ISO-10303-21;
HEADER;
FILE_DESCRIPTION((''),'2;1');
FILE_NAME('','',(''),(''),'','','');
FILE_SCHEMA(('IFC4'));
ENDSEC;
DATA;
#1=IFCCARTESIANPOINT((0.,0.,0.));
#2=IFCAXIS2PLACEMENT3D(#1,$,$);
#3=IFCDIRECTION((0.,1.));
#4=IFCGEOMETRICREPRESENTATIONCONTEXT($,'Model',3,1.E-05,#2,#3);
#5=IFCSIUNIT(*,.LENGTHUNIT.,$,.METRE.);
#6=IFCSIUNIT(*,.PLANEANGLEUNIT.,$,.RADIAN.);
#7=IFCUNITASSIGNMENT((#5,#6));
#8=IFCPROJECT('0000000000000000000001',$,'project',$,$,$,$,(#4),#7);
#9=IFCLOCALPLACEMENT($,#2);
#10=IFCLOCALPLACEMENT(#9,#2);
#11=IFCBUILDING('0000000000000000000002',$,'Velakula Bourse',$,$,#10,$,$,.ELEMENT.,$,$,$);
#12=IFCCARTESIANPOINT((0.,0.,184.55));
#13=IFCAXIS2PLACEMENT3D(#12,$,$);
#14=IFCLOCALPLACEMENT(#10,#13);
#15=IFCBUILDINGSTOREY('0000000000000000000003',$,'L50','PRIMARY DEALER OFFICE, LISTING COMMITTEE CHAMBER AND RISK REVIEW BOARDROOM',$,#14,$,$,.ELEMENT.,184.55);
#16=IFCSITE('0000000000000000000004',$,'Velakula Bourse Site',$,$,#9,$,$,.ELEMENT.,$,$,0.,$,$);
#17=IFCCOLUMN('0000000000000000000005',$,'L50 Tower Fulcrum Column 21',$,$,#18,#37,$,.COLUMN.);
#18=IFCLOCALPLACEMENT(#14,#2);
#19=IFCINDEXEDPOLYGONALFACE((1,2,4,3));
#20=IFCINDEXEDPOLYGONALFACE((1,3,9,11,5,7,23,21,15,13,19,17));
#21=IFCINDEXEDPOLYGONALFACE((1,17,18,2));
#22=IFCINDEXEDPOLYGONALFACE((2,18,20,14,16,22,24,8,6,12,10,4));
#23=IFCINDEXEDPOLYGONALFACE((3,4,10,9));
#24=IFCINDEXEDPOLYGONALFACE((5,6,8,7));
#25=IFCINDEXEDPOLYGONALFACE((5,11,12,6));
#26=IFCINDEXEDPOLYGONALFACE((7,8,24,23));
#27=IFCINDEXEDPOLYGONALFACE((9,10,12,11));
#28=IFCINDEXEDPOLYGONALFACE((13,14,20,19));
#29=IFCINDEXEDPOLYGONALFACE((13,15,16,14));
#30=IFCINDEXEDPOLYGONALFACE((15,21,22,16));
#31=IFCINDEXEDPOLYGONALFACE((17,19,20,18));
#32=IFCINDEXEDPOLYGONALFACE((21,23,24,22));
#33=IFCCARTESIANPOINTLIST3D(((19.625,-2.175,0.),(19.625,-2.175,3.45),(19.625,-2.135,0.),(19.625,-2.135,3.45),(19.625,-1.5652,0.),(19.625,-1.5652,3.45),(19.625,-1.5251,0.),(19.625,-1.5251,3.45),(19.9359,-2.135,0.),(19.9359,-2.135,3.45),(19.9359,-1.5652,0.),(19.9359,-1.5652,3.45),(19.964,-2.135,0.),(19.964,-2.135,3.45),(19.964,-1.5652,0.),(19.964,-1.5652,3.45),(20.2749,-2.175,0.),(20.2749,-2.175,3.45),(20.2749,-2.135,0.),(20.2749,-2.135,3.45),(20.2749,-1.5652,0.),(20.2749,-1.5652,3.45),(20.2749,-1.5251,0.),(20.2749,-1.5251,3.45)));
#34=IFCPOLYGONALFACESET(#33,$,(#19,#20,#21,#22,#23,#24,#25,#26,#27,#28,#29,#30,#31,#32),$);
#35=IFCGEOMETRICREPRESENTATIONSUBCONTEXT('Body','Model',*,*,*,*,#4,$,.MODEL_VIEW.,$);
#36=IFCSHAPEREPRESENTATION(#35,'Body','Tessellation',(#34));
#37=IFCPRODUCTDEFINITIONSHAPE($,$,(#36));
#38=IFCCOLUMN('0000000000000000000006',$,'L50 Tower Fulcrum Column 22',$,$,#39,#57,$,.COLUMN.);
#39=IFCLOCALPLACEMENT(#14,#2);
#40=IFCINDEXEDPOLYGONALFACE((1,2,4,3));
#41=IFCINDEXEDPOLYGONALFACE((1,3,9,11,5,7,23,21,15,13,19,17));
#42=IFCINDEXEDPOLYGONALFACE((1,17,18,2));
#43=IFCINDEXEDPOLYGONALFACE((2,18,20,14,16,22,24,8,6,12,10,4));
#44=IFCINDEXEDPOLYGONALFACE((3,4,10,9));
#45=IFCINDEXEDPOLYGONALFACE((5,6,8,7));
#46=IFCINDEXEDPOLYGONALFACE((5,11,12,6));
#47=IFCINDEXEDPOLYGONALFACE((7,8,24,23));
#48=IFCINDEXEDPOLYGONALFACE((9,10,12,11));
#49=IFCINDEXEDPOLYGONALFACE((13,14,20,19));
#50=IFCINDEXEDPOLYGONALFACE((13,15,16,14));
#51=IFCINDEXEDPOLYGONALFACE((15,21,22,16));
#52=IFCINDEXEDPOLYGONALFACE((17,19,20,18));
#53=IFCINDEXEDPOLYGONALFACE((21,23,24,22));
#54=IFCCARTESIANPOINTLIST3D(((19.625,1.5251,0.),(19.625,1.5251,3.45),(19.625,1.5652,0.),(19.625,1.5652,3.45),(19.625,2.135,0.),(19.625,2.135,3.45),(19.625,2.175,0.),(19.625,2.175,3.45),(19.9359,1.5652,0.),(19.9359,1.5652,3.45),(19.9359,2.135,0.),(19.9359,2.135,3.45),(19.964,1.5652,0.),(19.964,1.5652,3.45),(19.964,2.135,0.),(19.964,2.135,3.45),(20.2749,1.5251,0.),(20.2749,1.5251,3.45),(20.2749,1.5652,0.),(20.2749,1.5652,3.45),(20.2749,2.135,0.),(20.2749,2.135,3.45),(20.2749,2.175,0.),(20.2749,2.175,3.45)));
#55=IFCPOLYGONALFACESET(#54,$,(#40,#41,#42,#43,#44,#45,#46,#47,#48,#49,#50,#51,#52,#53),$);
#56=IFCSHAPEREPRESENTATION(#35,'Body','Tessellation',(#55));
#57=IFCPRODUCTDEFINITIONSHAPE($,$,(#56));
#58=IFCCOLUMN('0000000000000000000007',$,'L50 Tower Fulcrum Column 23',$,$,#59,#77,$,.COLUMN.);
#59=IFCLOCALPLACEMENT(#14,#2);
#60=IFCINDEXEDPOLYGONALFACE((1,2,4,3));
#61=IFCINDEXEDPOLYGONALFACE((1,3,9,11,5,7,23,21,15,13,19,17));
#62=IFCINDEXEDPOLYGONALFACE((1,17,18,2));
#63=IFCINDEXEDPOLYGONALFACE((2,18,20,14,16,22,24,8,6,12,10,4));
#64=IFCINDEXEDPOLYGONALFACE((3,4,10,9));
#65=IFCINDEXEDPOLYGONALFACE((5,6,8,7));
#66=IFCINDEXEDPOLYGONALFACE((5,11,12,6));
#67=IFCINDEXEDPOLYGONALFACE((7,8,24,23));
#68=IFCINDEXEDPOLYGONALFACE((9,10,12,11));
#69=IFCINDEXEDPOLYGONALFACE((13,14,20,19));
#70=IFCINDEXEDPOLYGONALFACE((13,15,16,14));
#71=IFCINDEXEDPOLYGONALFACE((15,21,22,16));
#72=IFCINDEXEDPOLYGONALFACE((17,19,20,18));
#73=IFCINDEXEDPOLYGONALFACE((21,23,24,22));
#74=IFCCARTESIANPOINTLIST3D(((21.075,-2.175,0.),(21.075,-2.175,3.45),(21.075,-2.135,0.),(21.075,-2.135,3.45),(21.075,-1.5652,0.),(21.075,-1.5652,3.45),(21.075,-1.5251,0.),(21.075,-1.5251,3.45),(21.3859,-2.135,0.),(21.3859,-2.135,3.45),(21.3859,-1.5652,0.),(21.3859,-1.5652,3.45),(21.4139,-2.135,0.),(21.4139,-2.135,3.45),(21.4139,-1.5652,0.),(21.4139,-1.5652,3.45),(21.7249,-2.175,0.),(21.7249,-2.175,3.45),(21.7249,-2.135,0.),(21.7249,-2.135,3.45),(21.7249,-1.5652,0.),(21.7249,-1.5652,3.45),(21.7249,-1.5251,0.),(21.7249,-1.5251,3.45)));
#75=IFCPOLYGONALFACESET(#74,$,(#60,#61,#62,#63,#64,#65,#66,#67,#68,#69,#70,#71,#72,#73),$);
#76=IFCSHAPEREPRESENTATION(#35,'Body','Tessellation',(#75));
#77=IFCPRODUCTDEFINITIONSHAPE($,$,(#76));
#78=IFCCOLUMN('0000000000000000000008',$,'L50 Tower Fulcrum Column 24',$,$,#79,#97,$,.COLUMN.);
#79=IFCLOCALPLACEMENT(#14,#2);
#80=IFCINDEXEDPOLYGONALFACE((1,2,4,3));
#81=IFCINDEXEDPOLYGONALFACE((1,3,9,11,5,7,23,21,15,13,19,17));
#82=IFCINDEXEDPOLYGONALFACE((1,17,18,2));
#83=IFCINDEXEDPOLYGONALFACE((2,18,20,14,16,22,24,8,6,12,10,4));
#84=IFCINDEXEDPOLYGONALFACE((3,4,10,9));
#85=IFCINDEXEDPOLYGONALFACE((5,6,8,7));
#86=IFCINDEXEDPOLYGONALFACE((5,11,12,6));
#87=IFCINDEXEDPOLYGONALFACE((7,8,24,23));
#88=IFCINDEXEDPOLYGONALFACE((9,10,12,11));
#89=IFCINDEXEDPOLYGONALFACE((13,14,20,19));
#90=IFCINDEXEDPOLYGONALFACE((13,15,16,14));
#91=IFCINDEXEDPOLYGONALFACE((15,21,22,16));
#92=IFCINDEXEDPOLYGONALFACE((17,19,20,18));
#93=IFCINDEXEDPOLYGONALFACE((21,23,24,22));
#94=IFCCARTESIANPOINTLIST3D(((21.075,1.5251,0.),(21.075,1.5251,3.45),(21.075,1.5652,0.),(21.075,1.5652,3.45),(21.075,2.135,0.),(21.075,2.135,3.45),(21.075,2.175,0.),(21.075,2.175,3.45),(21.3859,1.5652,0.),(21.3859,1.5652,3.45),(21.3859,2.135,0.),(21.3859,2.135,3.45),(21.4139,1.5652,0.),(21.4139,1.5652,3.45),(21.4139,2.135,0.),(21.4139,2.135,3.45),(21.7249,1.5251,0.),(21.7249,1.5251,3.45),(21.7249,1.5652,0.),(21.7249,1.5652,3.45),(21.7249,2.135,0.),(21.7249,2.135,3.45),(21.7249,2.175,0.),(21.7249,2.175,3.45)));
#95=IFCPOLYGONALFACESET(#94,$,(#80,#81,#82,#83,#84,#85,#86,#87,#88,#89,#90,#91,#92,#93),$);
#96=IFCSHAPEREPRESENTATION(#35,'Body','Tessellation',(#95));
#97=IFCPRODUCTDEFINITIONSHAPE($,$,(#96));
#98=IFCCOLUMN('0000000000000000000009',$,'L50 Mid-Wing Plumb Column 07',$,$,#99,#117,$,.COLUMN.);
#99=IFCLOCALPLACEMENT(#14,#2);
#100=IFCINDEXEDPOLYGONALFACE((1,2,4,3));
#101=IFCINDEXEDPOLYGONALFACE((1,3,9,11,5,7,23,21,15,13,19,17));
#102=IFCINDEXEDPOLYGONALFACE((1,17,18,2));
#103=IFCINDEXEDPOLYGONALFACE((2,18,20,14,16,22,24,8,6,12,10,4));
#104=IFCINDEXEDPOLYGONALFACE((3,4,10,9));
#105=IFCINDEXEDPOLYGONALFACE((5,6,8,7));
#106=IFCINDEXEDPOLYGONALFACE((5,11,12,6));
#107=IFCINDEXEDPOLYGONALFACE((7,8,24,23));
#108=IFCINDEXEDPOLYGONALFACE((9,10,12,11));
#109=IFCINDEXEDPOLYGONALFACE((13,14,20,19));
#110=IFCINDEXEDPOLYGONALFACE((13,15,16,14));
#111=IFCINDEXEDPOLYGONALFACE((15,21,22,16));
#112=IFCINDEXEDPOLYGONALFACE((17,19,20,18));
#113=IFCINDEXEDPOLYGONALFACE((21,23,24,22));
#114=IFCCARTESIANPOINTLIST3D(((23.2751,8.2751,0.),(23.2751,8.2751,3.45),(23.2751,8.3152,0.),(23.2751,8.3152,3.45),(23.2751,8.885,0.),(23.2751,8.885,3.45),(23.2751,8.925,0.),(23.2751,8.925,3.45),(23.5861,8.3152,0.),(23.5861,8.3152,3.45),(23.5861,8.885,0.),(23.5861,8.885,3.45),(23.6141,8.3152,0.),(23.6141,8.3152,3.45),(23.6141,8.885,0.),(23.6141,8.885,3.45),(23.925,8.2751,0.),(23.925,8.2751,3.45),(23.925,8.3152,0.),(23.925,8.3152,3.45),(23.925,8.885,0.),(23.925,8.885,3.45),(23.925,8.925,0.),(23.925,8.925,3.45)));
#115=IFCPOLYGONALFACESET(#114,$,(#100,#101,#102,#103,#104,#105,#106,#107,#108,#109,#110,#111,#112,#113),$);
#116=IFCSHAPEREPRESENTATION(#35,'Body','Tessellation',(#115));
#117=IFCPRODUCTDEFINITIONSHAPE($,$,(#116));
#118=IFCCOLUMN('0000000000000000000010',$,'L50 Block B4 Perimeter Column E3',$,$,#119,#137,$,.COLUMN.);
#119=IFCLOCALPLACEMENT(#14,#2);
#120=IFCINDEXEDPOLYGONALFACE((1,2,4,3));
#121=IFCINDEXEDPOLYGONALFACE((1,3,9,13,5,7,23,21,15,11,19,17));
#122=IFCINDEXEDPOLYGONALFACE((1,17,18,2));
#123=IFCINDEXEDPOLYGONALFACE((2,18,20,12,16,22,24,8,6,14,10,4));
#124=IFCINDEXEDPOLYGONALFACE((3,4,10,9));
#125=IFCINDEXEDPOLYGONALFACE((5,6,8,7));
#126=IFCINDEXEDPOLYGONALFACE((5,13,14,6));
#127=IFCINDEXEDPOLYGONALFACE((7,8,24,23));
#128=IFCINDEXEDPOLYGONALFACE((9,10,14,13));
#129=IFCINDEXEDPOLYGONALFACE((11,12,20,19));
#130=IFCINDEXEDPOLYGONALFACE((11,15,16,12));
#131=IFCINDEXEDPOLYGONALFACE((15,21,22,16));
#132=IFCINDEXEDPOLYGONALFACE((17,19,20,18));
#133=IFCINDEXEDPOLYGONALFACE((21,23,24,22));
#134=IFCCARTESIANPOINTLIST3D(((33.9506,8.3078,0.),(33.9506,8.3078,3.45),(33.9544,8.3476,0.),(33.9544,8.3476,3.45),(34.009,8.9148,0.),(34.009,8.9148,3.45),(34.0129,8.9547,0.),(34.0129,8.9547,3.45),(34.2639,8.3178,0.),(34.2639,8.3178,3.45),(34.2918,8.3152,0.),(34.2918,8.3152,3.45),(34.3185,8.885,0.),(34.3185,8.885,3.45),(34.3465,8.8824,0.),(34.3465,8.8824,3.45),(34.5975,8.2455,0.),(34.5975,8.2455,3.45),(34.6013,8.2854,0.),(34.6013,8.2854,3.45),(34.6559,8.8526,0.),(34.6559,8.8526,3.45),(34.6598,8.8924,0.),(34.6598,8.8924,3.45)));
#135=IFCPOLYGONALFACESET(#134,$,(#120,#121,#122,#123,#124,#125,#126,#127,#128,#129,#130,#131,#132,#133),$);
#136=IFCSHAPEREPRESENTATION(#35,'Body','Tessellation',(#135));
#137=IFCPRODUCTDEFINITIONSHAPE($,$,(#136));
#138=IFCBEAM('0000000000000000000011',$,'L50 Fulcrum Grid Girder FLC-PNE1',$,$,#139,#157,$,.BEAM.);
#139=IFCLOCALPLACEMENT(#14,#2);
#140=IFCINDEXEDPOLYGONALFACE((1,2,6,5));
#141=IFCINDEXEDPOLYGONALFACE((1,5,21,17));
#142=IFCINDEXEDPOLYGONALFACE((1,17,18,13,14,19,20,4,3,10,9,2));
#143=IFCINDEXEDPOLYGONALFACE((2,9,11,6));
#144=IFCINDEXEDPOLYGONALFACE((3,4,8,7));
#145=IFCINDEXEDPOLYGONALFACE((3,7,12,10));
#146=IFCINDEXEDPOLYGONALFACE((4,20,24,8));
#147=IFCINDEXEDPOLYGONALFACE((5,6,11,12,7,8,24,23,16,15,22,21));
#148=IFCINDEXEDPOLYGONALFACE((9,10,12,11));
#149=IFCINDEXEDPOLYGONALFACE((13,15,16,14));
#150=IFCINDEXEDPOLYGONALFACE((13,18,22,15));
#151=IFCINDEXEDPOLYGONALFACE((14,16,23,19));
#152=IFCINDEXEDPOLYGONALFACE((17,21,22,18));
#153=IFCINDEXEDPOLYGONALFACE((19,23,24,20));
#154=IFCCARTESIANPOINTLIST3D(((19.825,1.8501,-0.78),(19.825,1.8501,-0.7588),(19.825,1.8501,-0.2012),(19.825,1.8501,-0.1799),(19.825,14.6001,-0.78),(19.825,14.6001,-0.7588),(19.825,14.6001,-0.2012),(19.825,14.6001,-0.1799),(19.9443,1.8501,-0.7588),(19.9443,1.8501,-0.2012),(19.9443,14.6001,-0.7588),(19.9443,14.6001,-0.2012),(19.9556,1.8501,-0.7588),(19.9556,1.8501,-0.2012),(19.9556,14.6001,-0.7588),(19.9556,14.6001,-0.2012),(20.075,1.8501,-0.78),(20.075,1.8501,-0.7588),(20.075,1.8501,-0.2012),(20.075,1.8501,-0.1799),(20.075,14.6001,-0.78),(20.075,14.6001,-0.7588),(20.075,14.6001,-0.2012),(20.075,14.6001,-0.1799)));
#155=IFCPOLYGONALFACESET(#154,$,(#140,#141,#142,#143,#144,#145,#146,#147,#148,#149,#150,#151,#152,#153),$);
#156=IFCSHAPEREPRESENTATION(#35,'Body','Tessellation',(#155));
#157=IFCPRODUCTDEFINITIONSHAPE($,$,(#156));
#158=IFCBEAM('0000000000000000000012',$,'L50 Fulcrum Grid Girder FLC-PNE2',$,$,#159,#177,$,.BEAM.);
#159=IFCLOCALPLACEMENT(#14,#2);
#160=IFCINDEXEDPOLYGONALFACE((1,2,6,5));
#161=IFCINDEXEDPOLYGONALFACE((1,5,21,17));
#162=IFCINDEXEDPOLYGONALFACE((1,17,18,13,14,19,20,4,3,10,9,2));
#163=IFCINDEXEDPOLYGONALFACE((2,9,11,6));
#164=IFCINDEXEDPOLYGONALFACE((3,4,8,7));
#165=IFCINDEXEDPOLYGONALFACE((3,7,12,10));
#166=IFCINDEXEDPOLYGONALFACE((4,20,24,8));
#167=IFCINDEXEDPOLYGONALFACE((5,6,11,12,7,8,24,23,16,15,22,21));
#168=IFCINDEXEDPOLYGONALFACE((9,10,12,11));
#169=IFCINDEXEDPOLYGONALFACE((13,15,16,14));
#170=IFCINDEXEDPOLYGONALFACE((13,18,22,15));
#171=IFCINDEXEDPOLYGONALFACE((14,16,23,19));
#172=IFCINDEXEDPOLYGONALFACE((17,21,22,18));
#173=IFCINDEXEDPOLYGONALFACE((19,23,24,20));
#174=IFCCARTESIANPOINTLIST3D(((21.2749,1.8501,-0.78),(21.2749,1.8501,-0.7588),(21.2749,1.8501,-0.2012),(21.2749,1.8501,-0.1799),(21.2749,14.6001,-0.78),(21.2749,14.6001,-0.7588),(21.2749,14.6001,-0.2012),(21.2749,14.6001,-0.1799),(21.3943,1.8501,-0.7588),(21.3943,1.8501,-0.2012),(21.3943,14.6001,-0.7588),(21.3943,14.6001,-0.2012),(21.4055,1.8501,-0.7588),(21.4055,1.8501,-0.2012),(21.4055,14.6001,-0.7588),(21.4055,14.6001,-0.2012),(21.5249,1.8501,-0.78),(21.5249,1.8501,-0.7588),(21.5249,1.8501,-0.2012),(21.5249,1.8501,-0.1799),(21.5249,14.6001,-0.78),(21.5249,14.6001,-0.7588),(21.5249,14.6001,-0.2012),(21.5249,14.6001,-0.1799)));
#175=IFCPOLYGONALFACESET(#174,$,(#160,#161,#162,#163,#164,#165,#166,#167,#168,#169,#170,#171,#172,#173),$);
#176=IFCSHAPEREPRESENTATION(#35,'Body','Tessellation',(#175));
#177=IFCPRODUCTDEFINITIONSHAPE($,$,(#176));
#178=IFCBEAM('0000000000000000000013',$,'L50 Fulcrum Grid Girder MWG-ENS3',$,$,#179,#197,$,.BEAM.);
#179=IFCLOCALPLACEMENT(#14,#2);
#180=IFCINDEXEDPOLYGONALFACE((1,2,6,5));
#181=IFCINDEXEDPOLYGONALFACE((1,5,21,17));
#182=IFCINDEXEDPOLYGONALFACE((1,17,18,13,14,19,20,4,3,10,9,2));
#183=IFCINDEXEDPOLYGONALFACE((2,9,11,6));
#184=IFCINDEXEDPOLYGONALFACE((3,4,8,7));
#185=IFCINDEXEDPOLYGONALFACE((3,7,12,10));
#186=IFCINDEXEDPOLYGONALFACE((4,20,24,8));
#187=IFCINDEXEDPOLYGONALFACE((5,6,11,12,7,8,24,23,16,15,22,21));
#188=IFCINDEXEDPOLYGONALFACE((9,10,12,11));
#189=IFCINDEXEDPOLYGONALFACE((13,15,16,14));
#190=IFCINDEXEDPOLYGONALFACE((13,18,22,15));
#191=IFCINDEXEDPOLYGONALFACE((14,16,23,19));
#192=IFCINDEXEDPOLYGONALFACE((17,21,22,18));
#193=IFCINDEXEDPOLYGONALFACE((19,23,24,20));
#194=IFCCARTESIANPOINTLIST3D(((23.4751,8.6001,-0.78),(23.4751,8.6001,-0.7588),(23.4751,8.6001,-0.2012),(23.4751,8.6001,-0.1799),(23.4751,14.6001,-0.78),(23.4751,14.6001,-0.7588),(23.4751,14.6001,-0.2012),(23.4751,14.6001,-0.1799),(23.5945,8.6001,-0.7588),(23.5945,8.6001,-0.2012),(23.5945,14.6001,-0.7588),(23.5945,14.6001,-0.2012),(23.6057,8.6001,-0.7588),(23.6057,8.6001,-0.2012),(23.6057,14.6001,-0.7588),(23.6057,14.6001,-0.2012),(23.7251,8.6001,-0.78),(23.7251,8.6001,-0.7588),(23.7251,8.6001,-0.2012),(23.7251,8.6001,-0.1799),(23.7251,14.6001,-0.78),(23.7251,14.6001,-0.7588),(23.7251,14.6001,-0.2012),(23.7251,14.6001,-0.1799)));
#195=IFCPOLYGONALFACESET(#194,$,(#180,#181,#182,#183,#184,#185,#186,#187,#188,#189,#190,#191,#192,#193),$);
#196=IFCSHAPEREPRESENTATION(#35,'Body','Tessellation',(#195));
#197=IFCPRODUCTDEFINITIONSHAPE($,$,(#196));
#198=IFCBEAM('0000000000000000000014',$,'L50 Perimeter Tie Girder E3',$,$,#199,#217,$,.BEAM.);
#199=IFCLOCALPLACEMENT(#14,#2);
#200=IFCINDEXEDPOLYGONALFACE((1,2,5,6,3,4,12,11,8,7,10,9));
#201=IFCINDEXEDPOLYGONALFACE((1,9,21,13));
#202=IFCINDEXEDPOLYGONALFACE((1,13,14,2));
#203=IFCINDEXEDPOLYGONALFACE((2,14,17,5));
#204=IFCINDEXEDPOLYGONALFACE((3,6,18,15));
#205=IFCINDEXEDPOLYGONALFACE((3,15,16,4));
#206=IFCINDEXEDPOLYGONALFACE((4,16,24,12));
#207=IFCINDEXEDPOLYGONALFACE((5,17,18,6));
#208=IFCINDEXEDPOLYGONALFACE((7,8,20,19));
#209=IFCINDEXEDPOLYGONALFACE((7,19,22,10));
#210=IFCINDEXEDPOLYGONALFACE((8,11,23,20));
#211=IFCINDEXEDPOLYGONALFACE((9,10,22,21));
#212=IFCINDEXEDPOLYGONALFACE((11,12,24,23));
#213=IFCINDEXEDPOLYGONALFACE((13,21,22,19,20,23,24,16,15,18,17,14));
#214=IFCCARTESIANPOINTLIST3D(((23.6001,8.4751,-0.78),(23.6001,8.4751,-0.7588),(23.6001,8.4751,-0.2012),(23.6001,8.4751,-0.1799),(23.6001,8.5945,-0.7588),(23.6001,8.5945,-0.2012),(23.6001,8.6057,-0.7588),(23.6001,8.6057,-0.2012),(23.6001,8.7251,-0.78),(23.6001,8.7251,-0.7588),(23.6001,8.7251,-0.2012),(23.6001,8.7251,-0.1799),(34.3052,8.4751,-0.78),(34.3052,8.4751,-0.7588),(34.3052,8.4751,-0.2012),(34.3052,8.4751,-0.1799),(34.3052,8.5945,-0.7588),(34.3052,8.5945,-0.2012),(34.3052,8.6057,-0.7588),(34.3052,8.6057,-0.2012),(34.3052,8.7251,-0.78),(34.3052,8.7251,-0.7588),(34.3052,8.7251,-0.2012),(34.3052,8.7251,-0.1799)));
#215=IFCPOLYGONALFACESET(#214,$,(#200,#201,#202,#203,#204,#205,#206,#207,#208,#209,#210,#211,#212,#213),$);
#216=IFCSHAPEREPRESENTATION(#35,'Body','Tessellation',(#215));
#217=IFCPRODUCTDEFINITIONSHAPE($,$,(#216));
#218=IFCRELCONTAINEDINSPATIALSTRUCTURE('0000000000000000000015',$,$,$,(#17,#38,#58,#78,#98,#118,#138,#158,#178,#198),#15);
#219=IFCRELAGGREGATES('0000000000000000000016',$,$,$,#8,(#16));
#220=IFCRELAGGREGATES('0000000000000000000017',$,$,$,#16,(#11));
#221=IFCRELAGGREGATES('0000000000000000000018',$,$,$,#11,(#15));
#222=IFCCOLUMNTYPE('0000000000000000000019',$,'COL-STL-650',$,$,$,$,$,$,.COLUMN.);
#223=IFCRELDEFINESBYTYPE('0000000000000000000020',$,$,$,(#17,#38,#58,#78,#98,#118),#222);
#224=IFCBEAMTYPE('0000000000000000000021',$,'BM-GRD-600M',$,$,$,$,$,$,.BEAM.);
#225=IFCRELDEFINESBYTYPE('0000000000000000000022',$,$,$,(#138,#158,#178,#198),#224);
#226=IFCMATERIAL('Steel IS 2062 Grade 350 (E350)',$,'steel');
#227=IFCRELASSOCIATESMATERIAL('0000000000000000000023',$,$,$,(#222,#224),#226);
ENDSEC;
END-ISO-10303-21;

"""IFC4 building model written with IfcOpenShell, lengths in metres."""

from ifc_helpers import new_model, si_unit, direction, frame, origin, origin_2d, place, context, subcontext, project, spatial, i_section, extrude, material, material_profile, profile_set, type_object, element, save


model = new_model("IFC4")

# Units and contexts
model_context = context("Model", 3, precision=1e-05, world=origin(), true_north=direction((0.0, 1.0)))
body_context = subcontext(model_context, "Body", "Model", "MODEL_VIEW")
ifc_project = project(units=[si_unit("LENGTHUNIT", "METRE"), si_unit("PLANEANGLEUNIT", "RADIAN")], contexts=[model_context])

# Site, building, storey
site_placement = place(None, origin())
site = spatial("IfcSite", under=ifc_project, at=site_placement, Name="Velakula Bourse Site", CompositionType="ELEMENT", RefElevation=0.0)
building_placement = place(site_placement, origin())
building = spatial("IfcBuilding", under=site, at=building_placement, Name="Velakula Bourse", CompositionType="ELEMENT")
storey_placement = place(building_placement, frame((0.0, 0.0, 184.55)))
storey = spatial("IfcBuildingStorey", under=building, at=storey_placement, Name="L50", Description="PRIMARY DEALER OFFICE, LISTING COMMITTEE CHAMBER AND RISK REVIEW BOARDROOM", CompositionType="ELEMENT", Elevation=184.55)

# Columns
ifc_material_1 = material(Name="Steel IS 2062 Grade 350 (E350)", Category="steel")
ifc_material_profile_1 = material_profile(ifc_material_1, i_section(OverallWidth=0.6499, OverallDepth=0.6499, WebThickness=0.0281, FlangeThickness=0.04, at=origin_2d()), Name="Steel IS 2062 Grade 350 (E350)")
ifc_profile_set_1 = profile_set([ifc_material_profile_1], Name="Steel IS 2062 Grade 350 (E350)")
column_type = type_object("IfcColumnType", Name="COL-STL-650", PredefinedType="COLUMN", material=ifc_profile_set_1)
for number, where, z_axis, x_axis, name in (
    (1, (19.95, -1.8501, 0.0), (0.0, 0.0, 1.0), (1.0, 0.0, 0.0), "L50 Tower Fulcrum Column 21"),
    (2, (19.95, 1.8501, 0.0), (0.0, 0.0, 1.0), (1.0, 0.0, 0.0), "L50 Tower Fulcrum Column 22"),
    (3, (21.3999, -1.8501, 0.0), (0.0, 0.0, 1.0), (1.0, 0.0, 0.0), "L50 Tower Fulcrum Column 23"),
    (4, (21.3999, 1.8501, 0.0), (0.0, 0.0, 1.0), (1.0, 0.0, 0.0), "L50 Tower Fulcrum Column 24"),
    (5, (23.6001, 8.6001, 0.0), (0.0, 0.0, 1.0), (1.0, 0.0, 0.0), "L50 Mid-Wing Plumb Column 07"),
    (6, (34.3052, 8.6001, 0.0), (0.0, 0.0, 1.0), (0.995396, -0.095846, 0.0), "L50 Block B4 Perimeter Column E3"),
):
    element("IfcColumn", number, at=place(storey_placement, frame(where, z_axis=z_axis, x_axis=x_axis)), inside=storey, type_object=column_type, Name=name, PredefinedType="COLUMN", context=body_context, shape_type="SweptSolid", body=[
        extrude(i_section(OverallWidth=0.6499, OverallDepth=0.6499, WebThickness=0.0281, FlangeThickness=0.04, at=origin_2d()), origin(), (0.0, 0.0, 1.0), 3.45),
    ])

# Beams
ifc_material_profile_2 = material_profile(ifc_material_1, i_section(OverallWidth=0.25, OverallDepth=0.6001, WebThickness=0.0112, FlangeThickness=0.0212, at=origin_2d()), Name="Steel IS 2062 Grade 350 (E350)")
ifc_profile_set_2 = profile_set([ifc_material_profile_2], Name="Steel IS 2062 Grade 350 (E350)")
beam_type_1 = type_object("IfcBeamType", Name="BM-GRD-600M", PredefinedType="BEAM", material=ifc_profile_set_2)
for number, where, z_axis, x_axis, name in (
    (7, (19.95, 1.8501, -0.48), (0.0, 1.0, 0.0), (-1.0, 0.0, 0.0), "L50 Fulcrum Grid Girder FLC-PNE1"),
    (8, (21.3999, 1.8501, -0.48), (0.0, 1.0, 0.0), (-1.0, 0.0, 0.0), "L50 Fulcrum Grid Girder FLC-PNE2"),
):
    element("IfcBeam", number, at=place(storey_placement, frame(where, z_axis=z_axis, x_axis=x_axis)), inside=storey, type_object=beam_type_1, Name=name, PredefinedType="BEAM", context=body_context, shape_type="SweptSolid", body=[
        extrude(i_section(OverallWidth=0.25, OverallDepth=0.6001, WebThickness=0.0112, FlangeThickness=0.0212, at=origin_2d()), origin(), (0.0, 0.0, 1.0), 12.75),
    ])
beam_1_placement = place(storey_placement, frame((23.6001, 8.6001, -0.48), z_axis=(0.0, 1.0, 0.0), x_axis=(-1.0, 0.0, 0.0)))
element("IfcBeam", 9, at=beam_1_placement, inside=storey, type_object=beam_type_1, Name="L50 Fulcrum Grid Girder MWG-ENS3", PredefinedType="BEAM", context=body_context, shape_type="SweptSolid", body=[
    extrude(i_section(OverallWidth=0.25, OverallDepth=0.6001, WebThickness=0.0112, FlangeThickness=0.0212, at=origin_2d()), origin(), (0.0, 0.0, 1.0), 6.0),
])
beam_2_placement = place(storey_placement, frame((23.6001, 8.6001, -0.48), z_axis=(1.0, 0.0, 0.0), x_axis=(0.0, 1.0, 0.0)))
element("IfcBeam", 10, at=beam_2_placement, inside=storey, type_object=beam_type_1, Name="L50 Perimeter Tie Girder E3", PredefinedType="BEAM", context=body_context, shape_type="SweptSolid", body=[
    extrude(i_section(OverallWidth=0.25, OverallDepth=0.6001, WebThickness=0.0112, FlangeThickness=0.0212, at=origin_2d()), origin(), (0.0, 0.0, 1.0), 10.7051),
])

save(model, "model.ifc")
